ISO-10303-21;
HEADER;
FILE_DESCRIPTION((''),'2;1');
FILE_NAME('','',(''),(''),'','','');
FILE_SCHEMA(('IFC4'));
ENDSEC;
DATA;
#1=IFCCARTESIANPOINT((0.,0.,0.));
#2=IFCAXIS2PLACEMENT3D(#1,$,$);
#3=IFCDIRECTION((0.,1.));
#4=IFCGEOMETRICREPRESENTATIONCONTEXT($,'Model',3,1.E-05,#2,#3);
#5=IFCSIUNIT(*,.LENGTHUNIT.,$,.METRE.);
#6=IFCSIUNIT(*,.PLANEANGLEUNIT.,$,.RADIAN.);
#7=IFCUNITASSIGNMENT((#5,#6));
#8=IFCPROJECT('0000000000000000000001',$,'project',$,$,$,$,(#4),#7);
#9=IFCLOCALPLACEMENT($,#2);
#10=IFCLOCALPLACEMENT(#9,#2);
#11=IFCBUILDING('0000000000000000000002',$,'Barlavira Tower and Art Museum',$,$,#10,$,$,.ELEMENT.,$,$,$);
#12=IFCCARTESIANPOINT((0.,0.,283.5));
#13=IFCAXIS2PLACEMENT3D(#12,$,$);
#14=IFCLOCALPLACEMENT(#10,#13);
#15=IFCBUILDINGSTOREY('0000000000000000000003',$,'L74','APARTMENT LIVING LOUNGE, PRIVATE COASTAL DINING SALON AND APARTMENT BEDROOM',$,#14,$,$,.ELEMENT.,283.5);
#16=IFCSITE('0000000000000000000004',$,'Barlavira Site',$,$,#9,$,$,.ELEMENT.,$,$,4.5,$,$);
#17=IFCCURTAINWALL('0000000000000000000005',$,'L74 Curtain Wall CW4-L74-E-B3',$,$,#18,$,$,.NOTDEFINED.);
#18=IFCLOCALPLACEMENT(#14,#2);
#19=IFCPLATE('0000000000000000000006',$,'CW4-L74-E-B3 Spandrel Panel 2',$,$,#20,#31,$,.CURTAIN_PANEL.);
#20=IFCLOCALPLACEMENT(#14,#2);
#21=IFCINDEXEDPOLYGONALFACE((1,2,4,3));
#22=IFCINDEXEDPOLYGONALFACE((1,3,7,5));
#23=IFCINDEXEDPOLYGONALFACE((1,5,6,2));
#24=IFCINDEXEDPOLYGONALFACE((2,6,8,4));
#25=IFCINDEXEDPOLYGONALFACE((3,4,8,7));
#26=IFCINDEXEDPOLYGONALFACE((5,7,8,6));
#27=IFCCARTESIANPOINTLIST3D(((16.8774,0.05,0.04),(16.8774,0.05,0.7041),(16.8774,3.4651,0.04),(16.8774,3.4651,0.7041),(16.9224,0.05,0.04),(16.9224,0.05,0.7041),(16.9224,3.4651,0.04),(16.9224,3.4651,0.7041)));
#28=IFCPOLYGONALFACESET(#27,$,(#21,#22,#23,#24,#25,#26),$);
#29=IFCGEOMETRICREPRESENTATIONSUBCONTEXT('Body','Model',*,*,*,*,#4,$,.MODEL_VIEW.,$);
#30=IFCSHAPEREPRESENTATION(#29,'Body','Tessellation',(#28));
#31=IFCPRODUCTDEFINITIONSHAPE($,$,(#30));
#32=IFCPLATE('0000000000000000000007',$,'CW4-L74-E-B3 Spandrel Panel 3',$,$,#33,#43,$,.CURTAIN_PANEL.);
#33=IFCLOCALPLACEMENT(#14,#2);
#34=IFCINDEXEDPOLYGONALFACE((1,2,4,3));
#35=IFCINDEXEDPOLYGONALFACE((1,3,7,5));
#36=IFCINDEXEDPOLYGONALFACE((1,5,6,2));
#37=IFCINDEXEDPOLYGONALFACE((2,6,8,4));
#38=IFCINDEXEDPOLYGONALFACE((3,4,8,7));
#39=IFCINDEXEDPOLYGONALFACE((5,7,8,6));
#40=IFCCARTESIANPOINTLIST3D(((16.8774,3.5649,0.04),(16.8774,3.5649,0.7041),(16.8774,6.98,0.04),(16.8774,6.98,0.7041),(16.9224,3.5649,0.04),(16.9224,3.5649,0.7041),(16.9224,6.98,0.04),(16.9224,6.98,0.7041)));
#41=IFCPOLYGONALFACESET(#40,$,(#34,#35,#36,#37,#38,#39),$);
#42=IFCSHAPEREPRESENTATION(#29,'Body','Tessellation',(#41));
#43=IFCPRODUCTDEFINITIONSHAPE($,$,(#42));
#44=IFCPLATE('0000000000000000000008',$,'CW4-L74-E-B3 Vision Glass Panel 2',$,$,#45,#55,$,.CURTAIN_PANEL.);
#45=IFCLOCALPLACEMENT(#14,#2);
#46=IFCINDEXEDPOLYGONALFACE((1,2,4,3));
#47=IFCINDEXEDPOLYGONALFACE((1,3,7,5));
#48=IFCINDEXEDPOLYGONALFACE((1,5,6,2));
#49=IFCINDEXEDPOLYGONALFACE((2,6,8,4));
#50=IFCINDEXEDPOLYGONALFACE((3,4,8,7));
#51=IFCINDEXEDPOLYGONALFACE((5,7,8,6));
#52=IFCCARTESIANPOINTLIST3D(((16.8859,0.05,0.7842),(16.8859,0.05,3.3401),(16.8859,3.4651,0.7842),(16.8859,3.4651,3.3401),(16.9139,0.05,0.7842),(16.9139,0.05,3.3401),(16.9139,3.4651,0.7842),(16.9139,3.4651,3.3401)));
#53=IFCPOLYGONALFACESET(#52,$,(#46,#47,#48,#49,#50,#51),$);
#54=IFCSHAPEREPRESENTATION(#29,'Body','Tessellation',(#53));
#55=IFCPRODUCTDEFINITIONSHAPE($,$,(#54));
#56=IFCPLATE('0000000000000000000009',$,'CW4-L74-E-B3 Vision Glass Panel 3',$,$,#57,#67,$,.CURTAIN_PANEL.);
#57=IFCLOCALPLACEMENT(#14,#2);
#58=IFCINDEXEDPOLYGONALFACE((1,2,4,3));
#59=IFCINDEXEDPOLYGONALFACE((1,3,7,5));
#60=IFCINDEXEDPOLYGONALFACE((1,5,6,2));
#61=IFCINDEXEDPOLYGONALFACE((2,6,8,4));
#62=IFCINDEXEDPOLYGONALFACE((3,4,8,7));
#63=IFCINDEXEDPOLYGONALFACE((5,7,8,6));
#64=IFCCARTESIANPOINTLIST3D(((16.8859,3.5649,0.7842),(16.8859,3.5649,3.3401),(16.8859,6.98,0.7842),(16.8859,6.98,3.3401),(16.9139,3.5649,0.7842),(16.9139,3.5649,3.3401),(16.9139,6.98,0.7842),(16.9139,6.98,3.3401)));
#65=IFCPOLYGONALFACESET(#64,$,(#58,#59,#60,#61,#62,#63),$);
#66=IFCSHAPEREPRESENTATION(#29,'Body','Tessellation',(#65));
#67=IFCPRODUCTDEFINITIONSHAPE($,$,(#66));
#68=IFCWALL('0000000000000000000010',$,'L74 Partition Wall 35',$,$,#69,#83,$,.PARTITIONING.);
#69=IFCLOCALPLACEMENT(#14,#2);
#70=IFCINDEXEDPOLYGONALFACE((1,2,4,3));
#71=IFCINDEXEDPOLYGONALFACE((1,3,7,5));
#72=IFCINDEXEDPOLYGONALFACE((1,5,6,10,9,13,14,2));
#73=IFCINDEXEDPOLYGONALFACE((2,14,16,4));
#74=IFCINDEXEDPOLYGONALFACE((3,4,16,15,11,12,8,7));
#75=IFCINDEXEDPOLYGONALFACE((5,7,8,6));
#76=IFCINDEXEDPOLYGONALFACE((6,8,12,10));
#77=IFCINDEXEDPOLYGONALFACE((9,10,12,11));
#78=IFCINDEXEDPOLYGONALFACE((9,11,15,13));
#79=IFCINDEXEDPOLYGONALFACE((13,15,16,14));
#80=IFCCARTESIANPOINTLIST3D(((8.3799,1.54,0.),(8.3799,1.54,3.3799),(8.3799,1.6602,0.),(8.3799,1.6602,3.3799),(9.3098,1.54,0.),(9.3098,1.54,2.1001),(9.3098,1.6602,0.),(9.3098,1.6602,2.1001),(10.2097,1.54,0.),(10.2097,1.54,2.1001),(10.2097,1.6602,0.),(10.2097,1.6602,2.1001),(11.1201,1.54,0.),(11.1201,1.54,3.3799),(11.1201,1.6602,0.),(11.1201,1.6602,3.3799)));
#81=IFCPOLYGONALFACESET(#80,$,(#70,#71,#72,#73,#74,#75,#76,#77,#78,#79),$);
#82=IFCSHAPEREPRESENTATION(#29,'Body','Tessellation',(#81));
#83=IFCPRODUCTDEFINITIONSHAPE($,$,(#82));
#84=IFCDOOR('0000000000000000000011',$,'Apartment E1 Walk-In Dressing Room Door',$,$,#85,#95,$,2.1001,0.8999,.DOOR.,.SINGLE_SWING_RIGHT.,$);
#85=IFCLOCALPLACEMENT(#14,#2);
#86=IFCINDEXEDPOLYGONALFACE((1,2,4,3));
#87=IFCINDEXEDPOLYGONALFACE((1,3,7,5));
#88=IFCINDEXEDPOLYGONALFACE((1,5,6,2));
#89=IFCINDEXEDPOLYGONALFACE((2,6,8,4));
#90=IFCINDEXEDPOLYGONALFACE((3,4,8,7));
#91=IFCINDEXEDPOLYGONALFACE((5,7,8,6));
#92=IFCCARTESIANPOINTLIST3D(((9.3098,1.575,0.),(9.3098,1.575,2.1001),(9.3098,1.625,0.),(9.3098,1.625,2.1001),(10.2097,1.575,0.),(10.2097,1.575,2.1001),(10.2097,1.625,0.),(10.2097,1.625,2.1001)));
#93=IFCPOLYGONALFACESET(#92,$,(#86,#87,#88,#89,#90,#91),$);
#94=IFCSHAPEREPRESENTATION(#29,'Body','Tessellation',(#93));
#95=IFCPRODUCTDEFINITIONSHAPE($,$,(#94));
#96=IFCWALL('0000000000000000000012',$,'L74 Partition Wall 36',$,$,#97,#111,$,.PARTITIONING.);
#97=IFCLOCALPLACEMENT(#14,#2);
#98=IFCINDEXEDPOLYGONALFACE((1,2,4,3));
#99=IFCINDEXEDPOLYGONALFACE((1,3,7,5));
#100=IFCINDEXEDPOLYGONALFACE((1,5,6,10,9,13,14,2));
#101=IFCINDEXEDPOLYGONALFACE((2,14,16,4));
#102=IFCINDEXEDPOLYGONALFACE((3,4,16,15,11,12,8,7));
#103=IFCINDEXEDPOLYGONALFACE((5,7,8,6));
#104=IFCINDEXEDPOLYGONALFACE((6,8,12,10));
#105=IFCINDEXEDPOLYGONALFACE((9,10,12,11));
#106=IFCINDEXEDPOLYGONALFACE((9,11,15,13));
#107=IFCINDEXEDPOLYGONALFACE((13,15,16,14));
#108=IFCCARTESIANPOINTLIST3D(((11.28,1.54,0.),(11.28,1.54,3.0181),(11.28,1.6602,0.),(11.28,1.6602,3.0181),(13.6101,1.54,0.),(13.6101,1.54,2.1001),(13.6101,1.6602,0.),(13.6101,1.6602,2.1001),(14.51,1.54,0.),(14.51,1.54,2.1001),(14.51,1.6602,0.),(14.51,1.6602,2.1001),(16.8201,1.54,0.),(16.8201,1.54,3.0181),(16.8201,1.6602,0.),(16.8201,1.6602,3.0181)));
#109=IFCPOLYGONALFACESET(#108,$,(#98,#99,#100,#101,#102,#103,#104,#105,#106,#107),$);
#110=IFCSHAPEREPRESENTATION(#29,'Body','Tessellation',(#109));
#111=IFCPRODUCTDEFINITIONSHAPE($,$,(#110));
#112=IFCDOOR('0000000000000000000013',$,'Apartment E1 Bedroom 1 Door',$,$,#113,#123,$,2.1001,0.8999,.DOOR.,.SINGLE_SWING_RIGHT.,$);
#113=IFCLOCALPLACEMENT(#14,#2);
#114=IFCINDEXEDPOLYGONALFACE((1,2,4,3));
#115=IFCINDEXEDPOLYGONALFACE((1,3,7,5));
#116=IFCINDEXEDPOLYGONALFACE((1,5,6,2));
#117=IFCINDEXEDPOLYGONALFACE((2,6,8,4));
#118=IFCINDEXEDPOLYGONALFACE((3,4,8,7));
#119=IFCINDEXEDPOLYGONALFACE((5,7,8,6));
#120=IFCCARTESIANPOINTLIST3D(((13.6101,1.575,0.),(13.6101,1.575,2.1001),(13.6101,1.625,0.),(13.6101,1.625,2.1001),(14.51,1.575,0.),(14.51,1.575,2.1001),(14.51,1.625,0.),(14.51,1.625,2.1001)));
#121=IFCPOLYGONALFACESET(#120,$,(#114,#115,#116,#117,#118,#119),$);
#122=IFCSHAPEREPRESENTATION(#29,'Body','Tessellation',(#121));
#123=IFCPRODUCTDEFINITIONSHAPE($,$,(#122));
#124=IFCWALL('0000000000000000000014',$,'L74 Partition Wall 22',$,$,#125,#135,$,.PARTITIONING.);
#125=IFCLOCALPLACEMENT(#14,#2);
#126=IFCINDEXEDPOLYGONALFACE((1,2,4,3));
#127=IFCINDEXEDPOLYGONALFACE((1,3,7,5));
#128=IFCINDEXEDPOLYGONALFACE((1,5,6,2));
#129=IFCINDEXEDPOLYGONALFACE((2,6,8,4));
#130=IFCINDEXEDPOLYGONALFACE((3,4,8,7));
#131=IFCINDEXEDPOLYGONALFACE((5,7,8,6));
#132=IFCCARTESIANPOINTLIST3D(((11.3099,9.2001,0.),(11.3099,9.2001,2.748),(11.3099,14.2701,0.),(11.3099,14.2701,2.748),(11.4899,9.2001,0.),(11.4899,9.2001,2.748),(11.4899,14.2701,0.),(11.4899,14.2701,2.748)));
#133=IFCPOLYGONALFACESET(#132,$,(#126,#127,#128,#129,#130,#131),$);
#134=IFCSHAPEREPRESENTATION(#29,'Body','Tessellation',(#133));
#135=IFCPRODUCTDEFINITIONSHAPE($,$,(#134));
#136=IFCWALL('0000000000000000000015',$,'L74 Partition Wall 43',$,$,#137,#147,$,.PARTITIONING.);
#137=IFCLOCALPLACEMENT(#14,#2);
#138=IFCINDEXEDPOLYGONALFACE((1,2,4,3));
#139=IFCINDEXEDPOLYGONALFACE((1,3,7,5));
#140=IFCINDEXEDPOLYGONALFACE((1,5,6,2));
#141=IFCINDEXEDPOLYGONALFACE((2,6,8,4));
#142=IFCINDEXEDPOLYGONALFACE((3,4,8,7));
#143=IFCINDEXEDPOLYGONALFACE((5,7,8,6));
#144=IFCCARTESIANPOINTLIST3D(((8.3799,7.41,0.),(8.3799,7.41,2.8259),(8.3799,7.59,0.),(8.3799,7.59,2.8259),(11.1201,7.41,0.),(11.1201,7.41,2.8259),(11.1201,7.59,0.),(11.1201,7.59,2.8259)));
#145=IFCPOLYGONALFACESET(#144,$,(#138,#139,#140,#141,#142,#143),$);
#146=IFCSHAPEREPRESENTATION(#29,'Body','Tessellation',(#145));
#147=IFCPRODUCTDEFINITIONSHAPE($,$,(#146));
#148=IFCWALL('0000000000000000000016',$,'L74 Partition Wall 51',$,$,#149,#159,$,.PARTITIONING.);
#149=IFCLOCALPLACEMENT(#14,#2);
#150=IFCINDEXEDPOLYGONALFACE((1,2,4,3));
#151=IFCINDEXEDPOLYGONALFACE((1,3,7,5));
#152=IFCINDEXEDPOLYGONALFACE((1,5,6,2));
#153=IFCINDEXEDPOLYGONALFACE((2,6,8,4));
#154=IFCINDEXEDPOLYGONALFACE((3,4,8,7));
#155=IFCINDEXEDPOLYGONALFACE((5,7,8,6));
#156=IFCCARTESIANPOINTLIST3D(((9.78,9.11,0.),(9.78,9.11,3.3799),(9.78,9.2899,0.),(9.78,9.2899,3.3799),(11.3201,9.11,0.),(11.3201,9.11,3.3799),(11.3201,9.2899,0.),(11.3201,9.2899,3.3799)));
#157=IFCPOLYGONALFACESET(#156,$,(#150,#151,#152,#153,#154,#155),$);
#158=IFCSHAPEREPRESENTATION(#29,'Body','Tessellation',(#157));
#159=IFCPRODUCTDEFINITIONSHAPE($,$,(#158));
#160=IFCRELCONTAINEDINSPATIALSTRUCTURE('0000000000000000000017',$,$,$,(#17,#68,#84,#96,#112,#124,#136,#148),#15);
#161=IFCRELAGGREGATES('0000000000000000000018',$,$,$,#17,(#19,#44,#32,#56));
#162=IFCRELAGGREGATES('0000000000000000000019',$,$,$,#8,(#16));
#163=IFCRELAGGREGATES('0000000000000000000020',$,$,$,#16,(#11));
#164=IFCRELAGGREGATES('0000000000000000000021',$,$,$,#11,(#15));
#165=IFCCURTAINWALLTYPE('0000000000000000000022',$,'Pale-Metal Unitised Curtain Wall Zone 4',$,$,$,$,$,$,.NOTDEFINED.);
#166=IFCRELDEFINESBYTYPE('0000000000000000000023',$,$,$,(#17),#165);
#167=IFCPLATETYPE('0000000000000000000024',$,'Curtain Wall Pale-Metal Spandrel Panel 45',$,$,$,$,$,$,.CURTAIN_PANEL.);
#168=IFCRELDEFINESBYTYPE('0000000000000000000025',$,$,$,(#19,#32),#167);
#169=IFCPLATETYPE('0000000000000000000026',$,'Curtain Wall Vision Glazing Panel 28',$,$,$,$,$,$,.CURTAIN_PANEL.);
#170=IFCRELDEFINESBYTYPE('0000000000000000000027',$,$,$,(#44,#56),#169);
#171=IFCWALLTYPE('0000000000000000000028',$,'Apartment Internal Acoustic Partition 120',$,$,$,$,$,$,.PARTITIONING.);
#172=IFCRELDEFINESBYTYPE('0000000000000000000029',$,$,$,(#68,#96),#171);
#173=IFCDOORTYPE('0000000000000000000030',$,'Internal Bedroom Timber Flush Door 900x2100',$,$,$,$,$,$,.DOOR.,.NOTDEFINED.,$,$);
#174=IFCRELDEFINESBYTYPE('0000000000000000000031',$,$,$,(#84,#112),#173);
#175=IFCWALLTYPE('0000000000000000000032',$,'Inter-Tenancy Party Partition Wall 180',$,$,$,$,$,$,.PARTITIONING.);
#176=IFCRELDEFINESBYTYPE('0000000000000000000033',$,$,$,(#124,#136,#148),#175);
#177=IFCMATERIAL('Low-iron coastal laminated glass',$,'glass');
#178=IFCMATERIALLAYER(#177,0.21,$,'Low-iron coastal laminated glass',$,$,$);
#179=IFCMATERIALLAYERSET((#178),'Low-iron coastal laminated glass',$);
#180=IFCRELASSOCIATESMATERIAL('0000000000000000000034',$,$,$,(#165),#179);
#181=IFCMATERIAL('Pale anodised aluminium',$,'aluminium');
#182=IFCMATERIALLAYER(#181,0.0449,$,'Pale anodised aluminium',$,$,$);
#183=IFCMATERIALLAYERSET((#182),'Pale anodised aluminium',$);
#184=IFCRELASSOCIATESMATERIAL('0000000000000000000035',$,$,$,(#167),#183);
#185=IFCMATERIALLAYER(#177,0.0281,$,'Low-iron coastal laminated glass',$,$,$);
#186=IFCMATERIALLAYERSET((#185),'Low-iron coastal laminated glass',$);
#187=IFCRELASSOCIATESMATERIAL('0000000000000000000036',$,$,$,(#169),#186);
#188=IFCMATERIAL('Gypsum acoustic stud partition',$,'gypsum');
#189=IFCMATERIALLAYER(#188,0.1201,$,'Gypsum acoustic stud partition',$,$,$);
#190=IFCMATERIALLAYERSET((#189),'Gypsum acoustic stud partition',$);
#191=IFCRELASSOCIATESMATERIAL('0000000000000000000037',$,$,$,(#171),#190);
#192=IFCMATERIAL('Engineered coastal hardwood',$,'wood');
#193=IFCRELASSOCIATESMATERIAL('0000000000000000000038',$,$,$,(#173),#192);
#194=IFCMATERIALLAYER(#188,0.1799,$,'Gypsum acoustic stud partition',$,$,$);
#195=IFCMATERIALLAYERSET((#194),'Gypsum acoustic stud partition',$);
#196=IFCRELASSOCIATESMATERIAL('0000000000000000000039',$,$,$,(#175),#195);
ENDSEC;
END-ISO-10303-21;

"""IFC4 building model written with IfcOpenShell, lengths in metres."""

from ifc_helpers import new_model, si_unit, direction, frame, frame_2d, origin, origin_2d, place, context, subcontext, project, spatial, rectangle, extrude, material, layer, layer_set, type_object, element, fill, aggregate, save


model = new_model("IFC4")

# Units and contexts
model_context = context("Model", 3, precision=1e-05, world=origin(), true_north=direction((0.0, 1.0)))
body_context = subcontext(model_context, "Body", "Model", "MODEL_VIEW")
ifc_project = project(units=[si_unit("LENGTHUNIT", "METRE"), si_unit("PLANEANGLEUNIT", "RADIAN")], contexts=[model_context])

# Site, building, storey
site_placement = place(None, origin())
site = spatial("IfcSite", under=ifc_project, at=site_placement, Name="Barlavira Site", CompositionType="ELEMENT", RefElevation=4.5)
building_placement = place(site_placement, origin())
building = spatial("IfcBuilding", under=site, at=building_placement, Name="Barlavira Tower and Art Museum", CompositionType="ELEMENT")
storey_placement = place(building_placement, frame((0.0, 0.0, 283.5)))
storey = spatial("IfcBuildingStorey", under=building, at=storey_placement, Name="L74", Description="APARTMENT LIVING LOUNGE, PRIVATE COASTAL DINING SALON AND APARTMENT BEDROOM", CompositionType="ELEMENT", Elevation=283.5)

# Curtain wall
ifc_material_1 = material(Name="Low-iron coastal laminated glass", Category="glass")
ifc_layer_1 = layer(ifc_material_1, 0.21, Name="Low-iron coastal laminated glass")
ifc_layer_set_1 = layer_set([ifc_layer_1], Name="Low-iron coastal laminated glass")
curtain_wall_type = type_object("IfcCurtainWallType", Name="Pale-Metal Unitised Curtain Wall Zone 4", PredefinedType="NOTDEFINED", material=ifc_layer_set_1)
curtain_wall_placement = place(storey_placement, origin())
curtain_wall = element("IfcCurtainWall", 1, at=curtain_wall_placement, inside=storey, type_object=curtain_wall_type, Name="L74 Curtain Wall CW4-L74-E-B3", PredefinedType="NOTDEFINED")
ifc_material_2 = material(Name="Pale anodised aluminium", Category="aluminium")

# Plates
ifc_layer_2 = layer(ifc_material_2, 0.0449, Name="Pale anodised aluminium")
ifc_layer_set_2 = layer_set([ifc_layer_2], Name="Pale anodised aluminium")
plate_type_1 = type_object("IfcPlateType", Name="Curtain Wall Pale-Metal Spandrel Panel 45", PredefinedType="CURTAIN_PANEL", material=ifc_layer_set_2)
plate_1_placement = place(storey_placement, frame((16.8999, 1.7576, 0.04), z_axis=(0.0, 0.0, 1.0), x_axis=(0.0, 1.0, 0.0)))
plate_1 = element("IfcPlate", 2, at=plate_1_placement, type_object=plate_type_1, Name="CW4-L74-E-B3 Spandrel Panel 2", PredefinedType="CURTAIN_PANEL", context=body_context, shape_type="SweptSolid", body=[
    extrude(rectangle(XDim=3.415, YDim=0.0449, at=origin_2d()), origin(), (0.0, 0.0, 1.0), 0.6641),
])
plate_2_placement = place(storey_placement, frame((16.8999, 5.2725, 0.04), z_axis=(0.0, 0.0, 1.0), x_axis=(0.0, 1.0, 0.0)))
plate_2 = element("IfcPlate", 3, at=plate_2_placement, type_object=plate_type_1, Name="CW4-L74-E-B3 Spandrel Panel 3", PredefinedType="CURTAIN_PANEL", context=body_context, shape_type="SweptSolid", body=[
    extrude(rectangle(XDim=3.415, YDim=0.0449, at=origin_2d()), origin(), (0.0, 0.0, 1.0), 0.6641),
])
ifc_layer_3 = layer(ifc_material_1, 0.0281, Name="Low-iron coastal laminated glass")
ifc_layer_set_3 = layer_set([ifc_layer_3], Name="Low-iron coastal laminated glass")
plate_type_2 = type_object("IfcPlateType", Name="Curtain Wall Vision Glazing Panel 28", PredefinedType="CURTAIN_PANEL", material=ifc_layer_set_3)
plate_3_placement = place(storey_placement, frame((16.8999, 1.7576, 0.7842), z_axis=(0.0, 0.0, 1.0), x_axis=(0.0, 1.0, 0.0)))
plate_3 = element("IfcPlate", 4, at=plate_3_placement, type_object=plate_type_2, Name="CW4-L74-E-B3 Vision Glass Panel 2", PredefinedType="CURTAIN_PANEL", context=body_context, shape_type="SweptSolid", body=[
    extrude(rectangle(XDim=3.415, YDim=0.0281, at=origin_2d()), origin(), (0.0, 0.0, 1.0), 2.5559),
])
plate_4_placement = place(storey_placement, frame((16.8999, 5.2725, 0.7842), z_axis=(0.0, 0.0, 1.0), x_axis=(0.0, 1.0, 0.0)))
plate_4 = element("IfcPlate", 5, at=plate_4_placement, type_object=plate_type_2, Name="CW4-L74-E-B3 Vision Glass Panel 3", PredefinedType="CURTAIN_PANEL", context=body_context, shape_type="SweptSolid", body=[
    extrude(rectangle(XDim=3.415, YDim=0.0281, at=origin_2d()), origin(), (0.0, 0.0, 1.0), 2.5559),
])
aggregate(curtain_wall, [plate_1, plate_3, plate_2, plate_4])

# Walls, openings, doors
ifc_material_3 = material(Name="Gypsum acoustic stud partition", Category="gypsum")
ifc_layer_4 = layer(ifc_material_3, 0.1201, Name="Gypsum acoustic stud partition")
ifc_layer_set_4 = layer_set([ifc_layer_4], Name="Gypsum acoustic stud partition")
wall_type_1 = type_object("IfcWallType", Name="Apartment Internal Acoustic Partition 120", PredefinedType="PARTITIONING", material=ifc_layer_set_4)
wall_1_placement = place(storey_placement, frame((8.3799, 1.6001, 0.0), z_axis=(0.0, 0.0, 1.0), x_axis=(1.0, 0.0, 0.0)))
wall_1 = element("IfcWall", 6, at=wall_1_placement, inside=storey, type_object=wall_type_1, Name="L74 Partition Wall 35", PredefinedType="PARTITIONING", context=body_context, shape_type="SweptSolid", body=[
    extrude(rectangle(XDim=2.7402, YDim=0.1201, at=frame_2d((1.3701, 0.0))), origin(), (0.0, 0.0, 1.0), 3.3799),
])
opening_1_placement = place(wall_1_placement, frame((0.9299, 0.0, 0.0)))
opening_1 = element("IfcOpeningElement", 7, at=opening_1_placement, cuts=wall_1, PredefinedType="OPENING", context=body_context, shape_type="SweptSolid", body=[
    extrude(rectangle(XDim=0.8999, YDim=2.1001, at=frame_2d((0.45, 1.05))), frame((0.0, 0.0701, 0.0), z_axis=(0.0, -1.0, 0.0), x_axis=(1.0, 0.0, 0.0)), (0.0, 0.0, 1.0), 0.1401),
])
ifc_material_4 = material(Name="Engineered coastal hardwood", Category="wood")
door_type_1 = type_object("IfcDoorType", Name="Internal Bedroom Timber Flush Door 900x2100", OperationType="NOTDEFINED", PredefinedType="DOOR", material=ifc_material_4)
door_1_placement = place(opening_1_placement, origin())
door_1 = element("IfcDoor", 8, at=door_1_placement, inside=storey, type_object=door_type_1, Name="Apartment E1 Walk-In Dressing Room Door", OperationType="SINGLE_SWING_RIGHT", OverallHeight=2.1001, OverallWidth=0.8999, PredefinedType="DOOR", context=body_context, shape_type="SweptSolid", body=[
    extrude(rectangle(XDim=0.8999, YDim=2.1001, at=frame_2d((0.45, 1.05))), frame((0.0, 0.0249, 0.0), z_axis=(0.0, -1.0, 0.0), x_axis=(1.0, 0.0, 0.0)), (0.0, 0.0, 1.0), 0.05),
])
fill(opening_1, door_1)
wall_2_placement = place(storey_placement, frame((11.28, 1.6001, 0.0), z_axis=(0.0, 0.0, 1.0), x_axis=(1.0, 0.0, 0.0)))
wall_2 = element("IfcWall", 9, at=wall_2_placement, inside=storey, type_object=wall_type_1, Name="L74 Partition Wall 36", PredefinedType="PARTITIONING", context=body_context, shape_type="SweptSolid", body=[
    extrude(rectangle(XDim=5.54, YDim=0.1201, at=frame_2d((2.77, 0.0))), origin(), (0.0, 0.0, 1.0), 3.0181),
])
opening_2_placement = place(wall_2_placement, frame((2.3301, 0.0, 0.0)))
opening_2 = element("IfcOpeningElement", 10, at=opening_2_placement, cuts=wall_2, PredefinedType="OPENING", context=body_context, shape_type="SweptSolid", body=[
    extrude(rectangle(XDim=0.8999, YDim=2.1001, at=frame_2d((0.45, 1.05))), frame((0.0, 0.0701, 0.0), z_axis=(0.0, -1.0, 0.0), x_axis=(1.0, 0.0, 0.0)), (0.0, 0.0, 1.0), 0.1401),
])
door_2_placement = place(opening_2_placement, origin())
door_2 = element("IfcDoor", 11, at=door_2_placement, inside=storey, type_object=door_type_1, Name="Apartment E1 Bedroom 1 Door", OperationType="SINGLE_SWING_RIGHT", OverallHeight=2.1001, OverallWidth=0.8999, PredefinedType="DOOR", context=body_context, shape_type="SweptSolid", body=[
    extrude(rectangle(XDim=0.8999, YDim=2.1001, at=frame_2d((0.45, 1.05))), frame((0.0, 0.0249, 0.0), z_axis=(0.0, -1.0, 0.0), x_axis=(1.0, 0.0, 0.0)), (0.0, 0.0, 1.0), 0.05),
])
fill(opening_2, door_2)

# Walls
ifc_layer_5 = layer(ifc_material_3, 0.1799, Name="Gypsum acoustic stud partition")
ifc_layer_set_5 = layer_set([ifc_layer_5], Name="Gypsum acoustic stud partition")
wall_type_2 = type_object("IfcWallType", Name="Inter-Tenancy Party Partition Wall 180", PredefinedType="PARTITIONING", material=ifc_layer_set_5)
wall_3_placement = place(storey_placement, frame((11.3999, 9.2, 0.0), z_axis=(0.0, 0.0, 1.0), x_axis=(0.0, 1.0, 0.0)))
element("IfcWall", 12, at=wall_3_placement, inside=storey, type_object=wall_type_2, Name="L74 Partition Wall 22", PredefinedType="PARTITIONING", context=body_context, shape_type="SweptSolid", body=[
    extrude(rectangle(XDim=5.0701, YDim=0.1799, at=frame_2d((2.5352, 0.0))), origin(), (0.0, 0.0, 1.0), 2.748),
])
wall_4_placement = place(storey_placement, frame((8.3799, 7.5, 0.0), z_axis=(0.0, 0.0, 1.0), x_axis=(1.0, 0.0, 0.0)))
element("IfcWall", 13, at=wall_4_placement, inside=storey, type_object=wall_type_2, Name="L74 Partition Wall 43", PredefinedType="PARTITIONING", context=body_context, shape_type="SweptSolid", body=[
    extrude(rectangle(XDim=2.7402, YDim=0.1799, at=frame_2d((1.3701, 0.0))), origin(), (0.0, 0.0, 1.0), 2.8259),
])
wall_5_placement = place(storey_placement, frame((9.78, 9.2, 0.0), z_axis=(0.0, 0.0, 1.0), x_axis=(1.0, 0.0, 0.0)))
element("IfcWall", 14, at=wall_5_placement, inside=storey, type_object=wall_type_2, Name="L74 Partition Wall 51", PredefinedType="PARTITIONING", context=body_context, shape_type="SweptSolid", body=[
    extrude(rectangle(XDim=1.54, YDim=0.1799, at=frame_2d((0.77, 0.0))), origin(), (0.0, 0.0, 1.0), 3.3799),
])

save(model, "model.ifc")
